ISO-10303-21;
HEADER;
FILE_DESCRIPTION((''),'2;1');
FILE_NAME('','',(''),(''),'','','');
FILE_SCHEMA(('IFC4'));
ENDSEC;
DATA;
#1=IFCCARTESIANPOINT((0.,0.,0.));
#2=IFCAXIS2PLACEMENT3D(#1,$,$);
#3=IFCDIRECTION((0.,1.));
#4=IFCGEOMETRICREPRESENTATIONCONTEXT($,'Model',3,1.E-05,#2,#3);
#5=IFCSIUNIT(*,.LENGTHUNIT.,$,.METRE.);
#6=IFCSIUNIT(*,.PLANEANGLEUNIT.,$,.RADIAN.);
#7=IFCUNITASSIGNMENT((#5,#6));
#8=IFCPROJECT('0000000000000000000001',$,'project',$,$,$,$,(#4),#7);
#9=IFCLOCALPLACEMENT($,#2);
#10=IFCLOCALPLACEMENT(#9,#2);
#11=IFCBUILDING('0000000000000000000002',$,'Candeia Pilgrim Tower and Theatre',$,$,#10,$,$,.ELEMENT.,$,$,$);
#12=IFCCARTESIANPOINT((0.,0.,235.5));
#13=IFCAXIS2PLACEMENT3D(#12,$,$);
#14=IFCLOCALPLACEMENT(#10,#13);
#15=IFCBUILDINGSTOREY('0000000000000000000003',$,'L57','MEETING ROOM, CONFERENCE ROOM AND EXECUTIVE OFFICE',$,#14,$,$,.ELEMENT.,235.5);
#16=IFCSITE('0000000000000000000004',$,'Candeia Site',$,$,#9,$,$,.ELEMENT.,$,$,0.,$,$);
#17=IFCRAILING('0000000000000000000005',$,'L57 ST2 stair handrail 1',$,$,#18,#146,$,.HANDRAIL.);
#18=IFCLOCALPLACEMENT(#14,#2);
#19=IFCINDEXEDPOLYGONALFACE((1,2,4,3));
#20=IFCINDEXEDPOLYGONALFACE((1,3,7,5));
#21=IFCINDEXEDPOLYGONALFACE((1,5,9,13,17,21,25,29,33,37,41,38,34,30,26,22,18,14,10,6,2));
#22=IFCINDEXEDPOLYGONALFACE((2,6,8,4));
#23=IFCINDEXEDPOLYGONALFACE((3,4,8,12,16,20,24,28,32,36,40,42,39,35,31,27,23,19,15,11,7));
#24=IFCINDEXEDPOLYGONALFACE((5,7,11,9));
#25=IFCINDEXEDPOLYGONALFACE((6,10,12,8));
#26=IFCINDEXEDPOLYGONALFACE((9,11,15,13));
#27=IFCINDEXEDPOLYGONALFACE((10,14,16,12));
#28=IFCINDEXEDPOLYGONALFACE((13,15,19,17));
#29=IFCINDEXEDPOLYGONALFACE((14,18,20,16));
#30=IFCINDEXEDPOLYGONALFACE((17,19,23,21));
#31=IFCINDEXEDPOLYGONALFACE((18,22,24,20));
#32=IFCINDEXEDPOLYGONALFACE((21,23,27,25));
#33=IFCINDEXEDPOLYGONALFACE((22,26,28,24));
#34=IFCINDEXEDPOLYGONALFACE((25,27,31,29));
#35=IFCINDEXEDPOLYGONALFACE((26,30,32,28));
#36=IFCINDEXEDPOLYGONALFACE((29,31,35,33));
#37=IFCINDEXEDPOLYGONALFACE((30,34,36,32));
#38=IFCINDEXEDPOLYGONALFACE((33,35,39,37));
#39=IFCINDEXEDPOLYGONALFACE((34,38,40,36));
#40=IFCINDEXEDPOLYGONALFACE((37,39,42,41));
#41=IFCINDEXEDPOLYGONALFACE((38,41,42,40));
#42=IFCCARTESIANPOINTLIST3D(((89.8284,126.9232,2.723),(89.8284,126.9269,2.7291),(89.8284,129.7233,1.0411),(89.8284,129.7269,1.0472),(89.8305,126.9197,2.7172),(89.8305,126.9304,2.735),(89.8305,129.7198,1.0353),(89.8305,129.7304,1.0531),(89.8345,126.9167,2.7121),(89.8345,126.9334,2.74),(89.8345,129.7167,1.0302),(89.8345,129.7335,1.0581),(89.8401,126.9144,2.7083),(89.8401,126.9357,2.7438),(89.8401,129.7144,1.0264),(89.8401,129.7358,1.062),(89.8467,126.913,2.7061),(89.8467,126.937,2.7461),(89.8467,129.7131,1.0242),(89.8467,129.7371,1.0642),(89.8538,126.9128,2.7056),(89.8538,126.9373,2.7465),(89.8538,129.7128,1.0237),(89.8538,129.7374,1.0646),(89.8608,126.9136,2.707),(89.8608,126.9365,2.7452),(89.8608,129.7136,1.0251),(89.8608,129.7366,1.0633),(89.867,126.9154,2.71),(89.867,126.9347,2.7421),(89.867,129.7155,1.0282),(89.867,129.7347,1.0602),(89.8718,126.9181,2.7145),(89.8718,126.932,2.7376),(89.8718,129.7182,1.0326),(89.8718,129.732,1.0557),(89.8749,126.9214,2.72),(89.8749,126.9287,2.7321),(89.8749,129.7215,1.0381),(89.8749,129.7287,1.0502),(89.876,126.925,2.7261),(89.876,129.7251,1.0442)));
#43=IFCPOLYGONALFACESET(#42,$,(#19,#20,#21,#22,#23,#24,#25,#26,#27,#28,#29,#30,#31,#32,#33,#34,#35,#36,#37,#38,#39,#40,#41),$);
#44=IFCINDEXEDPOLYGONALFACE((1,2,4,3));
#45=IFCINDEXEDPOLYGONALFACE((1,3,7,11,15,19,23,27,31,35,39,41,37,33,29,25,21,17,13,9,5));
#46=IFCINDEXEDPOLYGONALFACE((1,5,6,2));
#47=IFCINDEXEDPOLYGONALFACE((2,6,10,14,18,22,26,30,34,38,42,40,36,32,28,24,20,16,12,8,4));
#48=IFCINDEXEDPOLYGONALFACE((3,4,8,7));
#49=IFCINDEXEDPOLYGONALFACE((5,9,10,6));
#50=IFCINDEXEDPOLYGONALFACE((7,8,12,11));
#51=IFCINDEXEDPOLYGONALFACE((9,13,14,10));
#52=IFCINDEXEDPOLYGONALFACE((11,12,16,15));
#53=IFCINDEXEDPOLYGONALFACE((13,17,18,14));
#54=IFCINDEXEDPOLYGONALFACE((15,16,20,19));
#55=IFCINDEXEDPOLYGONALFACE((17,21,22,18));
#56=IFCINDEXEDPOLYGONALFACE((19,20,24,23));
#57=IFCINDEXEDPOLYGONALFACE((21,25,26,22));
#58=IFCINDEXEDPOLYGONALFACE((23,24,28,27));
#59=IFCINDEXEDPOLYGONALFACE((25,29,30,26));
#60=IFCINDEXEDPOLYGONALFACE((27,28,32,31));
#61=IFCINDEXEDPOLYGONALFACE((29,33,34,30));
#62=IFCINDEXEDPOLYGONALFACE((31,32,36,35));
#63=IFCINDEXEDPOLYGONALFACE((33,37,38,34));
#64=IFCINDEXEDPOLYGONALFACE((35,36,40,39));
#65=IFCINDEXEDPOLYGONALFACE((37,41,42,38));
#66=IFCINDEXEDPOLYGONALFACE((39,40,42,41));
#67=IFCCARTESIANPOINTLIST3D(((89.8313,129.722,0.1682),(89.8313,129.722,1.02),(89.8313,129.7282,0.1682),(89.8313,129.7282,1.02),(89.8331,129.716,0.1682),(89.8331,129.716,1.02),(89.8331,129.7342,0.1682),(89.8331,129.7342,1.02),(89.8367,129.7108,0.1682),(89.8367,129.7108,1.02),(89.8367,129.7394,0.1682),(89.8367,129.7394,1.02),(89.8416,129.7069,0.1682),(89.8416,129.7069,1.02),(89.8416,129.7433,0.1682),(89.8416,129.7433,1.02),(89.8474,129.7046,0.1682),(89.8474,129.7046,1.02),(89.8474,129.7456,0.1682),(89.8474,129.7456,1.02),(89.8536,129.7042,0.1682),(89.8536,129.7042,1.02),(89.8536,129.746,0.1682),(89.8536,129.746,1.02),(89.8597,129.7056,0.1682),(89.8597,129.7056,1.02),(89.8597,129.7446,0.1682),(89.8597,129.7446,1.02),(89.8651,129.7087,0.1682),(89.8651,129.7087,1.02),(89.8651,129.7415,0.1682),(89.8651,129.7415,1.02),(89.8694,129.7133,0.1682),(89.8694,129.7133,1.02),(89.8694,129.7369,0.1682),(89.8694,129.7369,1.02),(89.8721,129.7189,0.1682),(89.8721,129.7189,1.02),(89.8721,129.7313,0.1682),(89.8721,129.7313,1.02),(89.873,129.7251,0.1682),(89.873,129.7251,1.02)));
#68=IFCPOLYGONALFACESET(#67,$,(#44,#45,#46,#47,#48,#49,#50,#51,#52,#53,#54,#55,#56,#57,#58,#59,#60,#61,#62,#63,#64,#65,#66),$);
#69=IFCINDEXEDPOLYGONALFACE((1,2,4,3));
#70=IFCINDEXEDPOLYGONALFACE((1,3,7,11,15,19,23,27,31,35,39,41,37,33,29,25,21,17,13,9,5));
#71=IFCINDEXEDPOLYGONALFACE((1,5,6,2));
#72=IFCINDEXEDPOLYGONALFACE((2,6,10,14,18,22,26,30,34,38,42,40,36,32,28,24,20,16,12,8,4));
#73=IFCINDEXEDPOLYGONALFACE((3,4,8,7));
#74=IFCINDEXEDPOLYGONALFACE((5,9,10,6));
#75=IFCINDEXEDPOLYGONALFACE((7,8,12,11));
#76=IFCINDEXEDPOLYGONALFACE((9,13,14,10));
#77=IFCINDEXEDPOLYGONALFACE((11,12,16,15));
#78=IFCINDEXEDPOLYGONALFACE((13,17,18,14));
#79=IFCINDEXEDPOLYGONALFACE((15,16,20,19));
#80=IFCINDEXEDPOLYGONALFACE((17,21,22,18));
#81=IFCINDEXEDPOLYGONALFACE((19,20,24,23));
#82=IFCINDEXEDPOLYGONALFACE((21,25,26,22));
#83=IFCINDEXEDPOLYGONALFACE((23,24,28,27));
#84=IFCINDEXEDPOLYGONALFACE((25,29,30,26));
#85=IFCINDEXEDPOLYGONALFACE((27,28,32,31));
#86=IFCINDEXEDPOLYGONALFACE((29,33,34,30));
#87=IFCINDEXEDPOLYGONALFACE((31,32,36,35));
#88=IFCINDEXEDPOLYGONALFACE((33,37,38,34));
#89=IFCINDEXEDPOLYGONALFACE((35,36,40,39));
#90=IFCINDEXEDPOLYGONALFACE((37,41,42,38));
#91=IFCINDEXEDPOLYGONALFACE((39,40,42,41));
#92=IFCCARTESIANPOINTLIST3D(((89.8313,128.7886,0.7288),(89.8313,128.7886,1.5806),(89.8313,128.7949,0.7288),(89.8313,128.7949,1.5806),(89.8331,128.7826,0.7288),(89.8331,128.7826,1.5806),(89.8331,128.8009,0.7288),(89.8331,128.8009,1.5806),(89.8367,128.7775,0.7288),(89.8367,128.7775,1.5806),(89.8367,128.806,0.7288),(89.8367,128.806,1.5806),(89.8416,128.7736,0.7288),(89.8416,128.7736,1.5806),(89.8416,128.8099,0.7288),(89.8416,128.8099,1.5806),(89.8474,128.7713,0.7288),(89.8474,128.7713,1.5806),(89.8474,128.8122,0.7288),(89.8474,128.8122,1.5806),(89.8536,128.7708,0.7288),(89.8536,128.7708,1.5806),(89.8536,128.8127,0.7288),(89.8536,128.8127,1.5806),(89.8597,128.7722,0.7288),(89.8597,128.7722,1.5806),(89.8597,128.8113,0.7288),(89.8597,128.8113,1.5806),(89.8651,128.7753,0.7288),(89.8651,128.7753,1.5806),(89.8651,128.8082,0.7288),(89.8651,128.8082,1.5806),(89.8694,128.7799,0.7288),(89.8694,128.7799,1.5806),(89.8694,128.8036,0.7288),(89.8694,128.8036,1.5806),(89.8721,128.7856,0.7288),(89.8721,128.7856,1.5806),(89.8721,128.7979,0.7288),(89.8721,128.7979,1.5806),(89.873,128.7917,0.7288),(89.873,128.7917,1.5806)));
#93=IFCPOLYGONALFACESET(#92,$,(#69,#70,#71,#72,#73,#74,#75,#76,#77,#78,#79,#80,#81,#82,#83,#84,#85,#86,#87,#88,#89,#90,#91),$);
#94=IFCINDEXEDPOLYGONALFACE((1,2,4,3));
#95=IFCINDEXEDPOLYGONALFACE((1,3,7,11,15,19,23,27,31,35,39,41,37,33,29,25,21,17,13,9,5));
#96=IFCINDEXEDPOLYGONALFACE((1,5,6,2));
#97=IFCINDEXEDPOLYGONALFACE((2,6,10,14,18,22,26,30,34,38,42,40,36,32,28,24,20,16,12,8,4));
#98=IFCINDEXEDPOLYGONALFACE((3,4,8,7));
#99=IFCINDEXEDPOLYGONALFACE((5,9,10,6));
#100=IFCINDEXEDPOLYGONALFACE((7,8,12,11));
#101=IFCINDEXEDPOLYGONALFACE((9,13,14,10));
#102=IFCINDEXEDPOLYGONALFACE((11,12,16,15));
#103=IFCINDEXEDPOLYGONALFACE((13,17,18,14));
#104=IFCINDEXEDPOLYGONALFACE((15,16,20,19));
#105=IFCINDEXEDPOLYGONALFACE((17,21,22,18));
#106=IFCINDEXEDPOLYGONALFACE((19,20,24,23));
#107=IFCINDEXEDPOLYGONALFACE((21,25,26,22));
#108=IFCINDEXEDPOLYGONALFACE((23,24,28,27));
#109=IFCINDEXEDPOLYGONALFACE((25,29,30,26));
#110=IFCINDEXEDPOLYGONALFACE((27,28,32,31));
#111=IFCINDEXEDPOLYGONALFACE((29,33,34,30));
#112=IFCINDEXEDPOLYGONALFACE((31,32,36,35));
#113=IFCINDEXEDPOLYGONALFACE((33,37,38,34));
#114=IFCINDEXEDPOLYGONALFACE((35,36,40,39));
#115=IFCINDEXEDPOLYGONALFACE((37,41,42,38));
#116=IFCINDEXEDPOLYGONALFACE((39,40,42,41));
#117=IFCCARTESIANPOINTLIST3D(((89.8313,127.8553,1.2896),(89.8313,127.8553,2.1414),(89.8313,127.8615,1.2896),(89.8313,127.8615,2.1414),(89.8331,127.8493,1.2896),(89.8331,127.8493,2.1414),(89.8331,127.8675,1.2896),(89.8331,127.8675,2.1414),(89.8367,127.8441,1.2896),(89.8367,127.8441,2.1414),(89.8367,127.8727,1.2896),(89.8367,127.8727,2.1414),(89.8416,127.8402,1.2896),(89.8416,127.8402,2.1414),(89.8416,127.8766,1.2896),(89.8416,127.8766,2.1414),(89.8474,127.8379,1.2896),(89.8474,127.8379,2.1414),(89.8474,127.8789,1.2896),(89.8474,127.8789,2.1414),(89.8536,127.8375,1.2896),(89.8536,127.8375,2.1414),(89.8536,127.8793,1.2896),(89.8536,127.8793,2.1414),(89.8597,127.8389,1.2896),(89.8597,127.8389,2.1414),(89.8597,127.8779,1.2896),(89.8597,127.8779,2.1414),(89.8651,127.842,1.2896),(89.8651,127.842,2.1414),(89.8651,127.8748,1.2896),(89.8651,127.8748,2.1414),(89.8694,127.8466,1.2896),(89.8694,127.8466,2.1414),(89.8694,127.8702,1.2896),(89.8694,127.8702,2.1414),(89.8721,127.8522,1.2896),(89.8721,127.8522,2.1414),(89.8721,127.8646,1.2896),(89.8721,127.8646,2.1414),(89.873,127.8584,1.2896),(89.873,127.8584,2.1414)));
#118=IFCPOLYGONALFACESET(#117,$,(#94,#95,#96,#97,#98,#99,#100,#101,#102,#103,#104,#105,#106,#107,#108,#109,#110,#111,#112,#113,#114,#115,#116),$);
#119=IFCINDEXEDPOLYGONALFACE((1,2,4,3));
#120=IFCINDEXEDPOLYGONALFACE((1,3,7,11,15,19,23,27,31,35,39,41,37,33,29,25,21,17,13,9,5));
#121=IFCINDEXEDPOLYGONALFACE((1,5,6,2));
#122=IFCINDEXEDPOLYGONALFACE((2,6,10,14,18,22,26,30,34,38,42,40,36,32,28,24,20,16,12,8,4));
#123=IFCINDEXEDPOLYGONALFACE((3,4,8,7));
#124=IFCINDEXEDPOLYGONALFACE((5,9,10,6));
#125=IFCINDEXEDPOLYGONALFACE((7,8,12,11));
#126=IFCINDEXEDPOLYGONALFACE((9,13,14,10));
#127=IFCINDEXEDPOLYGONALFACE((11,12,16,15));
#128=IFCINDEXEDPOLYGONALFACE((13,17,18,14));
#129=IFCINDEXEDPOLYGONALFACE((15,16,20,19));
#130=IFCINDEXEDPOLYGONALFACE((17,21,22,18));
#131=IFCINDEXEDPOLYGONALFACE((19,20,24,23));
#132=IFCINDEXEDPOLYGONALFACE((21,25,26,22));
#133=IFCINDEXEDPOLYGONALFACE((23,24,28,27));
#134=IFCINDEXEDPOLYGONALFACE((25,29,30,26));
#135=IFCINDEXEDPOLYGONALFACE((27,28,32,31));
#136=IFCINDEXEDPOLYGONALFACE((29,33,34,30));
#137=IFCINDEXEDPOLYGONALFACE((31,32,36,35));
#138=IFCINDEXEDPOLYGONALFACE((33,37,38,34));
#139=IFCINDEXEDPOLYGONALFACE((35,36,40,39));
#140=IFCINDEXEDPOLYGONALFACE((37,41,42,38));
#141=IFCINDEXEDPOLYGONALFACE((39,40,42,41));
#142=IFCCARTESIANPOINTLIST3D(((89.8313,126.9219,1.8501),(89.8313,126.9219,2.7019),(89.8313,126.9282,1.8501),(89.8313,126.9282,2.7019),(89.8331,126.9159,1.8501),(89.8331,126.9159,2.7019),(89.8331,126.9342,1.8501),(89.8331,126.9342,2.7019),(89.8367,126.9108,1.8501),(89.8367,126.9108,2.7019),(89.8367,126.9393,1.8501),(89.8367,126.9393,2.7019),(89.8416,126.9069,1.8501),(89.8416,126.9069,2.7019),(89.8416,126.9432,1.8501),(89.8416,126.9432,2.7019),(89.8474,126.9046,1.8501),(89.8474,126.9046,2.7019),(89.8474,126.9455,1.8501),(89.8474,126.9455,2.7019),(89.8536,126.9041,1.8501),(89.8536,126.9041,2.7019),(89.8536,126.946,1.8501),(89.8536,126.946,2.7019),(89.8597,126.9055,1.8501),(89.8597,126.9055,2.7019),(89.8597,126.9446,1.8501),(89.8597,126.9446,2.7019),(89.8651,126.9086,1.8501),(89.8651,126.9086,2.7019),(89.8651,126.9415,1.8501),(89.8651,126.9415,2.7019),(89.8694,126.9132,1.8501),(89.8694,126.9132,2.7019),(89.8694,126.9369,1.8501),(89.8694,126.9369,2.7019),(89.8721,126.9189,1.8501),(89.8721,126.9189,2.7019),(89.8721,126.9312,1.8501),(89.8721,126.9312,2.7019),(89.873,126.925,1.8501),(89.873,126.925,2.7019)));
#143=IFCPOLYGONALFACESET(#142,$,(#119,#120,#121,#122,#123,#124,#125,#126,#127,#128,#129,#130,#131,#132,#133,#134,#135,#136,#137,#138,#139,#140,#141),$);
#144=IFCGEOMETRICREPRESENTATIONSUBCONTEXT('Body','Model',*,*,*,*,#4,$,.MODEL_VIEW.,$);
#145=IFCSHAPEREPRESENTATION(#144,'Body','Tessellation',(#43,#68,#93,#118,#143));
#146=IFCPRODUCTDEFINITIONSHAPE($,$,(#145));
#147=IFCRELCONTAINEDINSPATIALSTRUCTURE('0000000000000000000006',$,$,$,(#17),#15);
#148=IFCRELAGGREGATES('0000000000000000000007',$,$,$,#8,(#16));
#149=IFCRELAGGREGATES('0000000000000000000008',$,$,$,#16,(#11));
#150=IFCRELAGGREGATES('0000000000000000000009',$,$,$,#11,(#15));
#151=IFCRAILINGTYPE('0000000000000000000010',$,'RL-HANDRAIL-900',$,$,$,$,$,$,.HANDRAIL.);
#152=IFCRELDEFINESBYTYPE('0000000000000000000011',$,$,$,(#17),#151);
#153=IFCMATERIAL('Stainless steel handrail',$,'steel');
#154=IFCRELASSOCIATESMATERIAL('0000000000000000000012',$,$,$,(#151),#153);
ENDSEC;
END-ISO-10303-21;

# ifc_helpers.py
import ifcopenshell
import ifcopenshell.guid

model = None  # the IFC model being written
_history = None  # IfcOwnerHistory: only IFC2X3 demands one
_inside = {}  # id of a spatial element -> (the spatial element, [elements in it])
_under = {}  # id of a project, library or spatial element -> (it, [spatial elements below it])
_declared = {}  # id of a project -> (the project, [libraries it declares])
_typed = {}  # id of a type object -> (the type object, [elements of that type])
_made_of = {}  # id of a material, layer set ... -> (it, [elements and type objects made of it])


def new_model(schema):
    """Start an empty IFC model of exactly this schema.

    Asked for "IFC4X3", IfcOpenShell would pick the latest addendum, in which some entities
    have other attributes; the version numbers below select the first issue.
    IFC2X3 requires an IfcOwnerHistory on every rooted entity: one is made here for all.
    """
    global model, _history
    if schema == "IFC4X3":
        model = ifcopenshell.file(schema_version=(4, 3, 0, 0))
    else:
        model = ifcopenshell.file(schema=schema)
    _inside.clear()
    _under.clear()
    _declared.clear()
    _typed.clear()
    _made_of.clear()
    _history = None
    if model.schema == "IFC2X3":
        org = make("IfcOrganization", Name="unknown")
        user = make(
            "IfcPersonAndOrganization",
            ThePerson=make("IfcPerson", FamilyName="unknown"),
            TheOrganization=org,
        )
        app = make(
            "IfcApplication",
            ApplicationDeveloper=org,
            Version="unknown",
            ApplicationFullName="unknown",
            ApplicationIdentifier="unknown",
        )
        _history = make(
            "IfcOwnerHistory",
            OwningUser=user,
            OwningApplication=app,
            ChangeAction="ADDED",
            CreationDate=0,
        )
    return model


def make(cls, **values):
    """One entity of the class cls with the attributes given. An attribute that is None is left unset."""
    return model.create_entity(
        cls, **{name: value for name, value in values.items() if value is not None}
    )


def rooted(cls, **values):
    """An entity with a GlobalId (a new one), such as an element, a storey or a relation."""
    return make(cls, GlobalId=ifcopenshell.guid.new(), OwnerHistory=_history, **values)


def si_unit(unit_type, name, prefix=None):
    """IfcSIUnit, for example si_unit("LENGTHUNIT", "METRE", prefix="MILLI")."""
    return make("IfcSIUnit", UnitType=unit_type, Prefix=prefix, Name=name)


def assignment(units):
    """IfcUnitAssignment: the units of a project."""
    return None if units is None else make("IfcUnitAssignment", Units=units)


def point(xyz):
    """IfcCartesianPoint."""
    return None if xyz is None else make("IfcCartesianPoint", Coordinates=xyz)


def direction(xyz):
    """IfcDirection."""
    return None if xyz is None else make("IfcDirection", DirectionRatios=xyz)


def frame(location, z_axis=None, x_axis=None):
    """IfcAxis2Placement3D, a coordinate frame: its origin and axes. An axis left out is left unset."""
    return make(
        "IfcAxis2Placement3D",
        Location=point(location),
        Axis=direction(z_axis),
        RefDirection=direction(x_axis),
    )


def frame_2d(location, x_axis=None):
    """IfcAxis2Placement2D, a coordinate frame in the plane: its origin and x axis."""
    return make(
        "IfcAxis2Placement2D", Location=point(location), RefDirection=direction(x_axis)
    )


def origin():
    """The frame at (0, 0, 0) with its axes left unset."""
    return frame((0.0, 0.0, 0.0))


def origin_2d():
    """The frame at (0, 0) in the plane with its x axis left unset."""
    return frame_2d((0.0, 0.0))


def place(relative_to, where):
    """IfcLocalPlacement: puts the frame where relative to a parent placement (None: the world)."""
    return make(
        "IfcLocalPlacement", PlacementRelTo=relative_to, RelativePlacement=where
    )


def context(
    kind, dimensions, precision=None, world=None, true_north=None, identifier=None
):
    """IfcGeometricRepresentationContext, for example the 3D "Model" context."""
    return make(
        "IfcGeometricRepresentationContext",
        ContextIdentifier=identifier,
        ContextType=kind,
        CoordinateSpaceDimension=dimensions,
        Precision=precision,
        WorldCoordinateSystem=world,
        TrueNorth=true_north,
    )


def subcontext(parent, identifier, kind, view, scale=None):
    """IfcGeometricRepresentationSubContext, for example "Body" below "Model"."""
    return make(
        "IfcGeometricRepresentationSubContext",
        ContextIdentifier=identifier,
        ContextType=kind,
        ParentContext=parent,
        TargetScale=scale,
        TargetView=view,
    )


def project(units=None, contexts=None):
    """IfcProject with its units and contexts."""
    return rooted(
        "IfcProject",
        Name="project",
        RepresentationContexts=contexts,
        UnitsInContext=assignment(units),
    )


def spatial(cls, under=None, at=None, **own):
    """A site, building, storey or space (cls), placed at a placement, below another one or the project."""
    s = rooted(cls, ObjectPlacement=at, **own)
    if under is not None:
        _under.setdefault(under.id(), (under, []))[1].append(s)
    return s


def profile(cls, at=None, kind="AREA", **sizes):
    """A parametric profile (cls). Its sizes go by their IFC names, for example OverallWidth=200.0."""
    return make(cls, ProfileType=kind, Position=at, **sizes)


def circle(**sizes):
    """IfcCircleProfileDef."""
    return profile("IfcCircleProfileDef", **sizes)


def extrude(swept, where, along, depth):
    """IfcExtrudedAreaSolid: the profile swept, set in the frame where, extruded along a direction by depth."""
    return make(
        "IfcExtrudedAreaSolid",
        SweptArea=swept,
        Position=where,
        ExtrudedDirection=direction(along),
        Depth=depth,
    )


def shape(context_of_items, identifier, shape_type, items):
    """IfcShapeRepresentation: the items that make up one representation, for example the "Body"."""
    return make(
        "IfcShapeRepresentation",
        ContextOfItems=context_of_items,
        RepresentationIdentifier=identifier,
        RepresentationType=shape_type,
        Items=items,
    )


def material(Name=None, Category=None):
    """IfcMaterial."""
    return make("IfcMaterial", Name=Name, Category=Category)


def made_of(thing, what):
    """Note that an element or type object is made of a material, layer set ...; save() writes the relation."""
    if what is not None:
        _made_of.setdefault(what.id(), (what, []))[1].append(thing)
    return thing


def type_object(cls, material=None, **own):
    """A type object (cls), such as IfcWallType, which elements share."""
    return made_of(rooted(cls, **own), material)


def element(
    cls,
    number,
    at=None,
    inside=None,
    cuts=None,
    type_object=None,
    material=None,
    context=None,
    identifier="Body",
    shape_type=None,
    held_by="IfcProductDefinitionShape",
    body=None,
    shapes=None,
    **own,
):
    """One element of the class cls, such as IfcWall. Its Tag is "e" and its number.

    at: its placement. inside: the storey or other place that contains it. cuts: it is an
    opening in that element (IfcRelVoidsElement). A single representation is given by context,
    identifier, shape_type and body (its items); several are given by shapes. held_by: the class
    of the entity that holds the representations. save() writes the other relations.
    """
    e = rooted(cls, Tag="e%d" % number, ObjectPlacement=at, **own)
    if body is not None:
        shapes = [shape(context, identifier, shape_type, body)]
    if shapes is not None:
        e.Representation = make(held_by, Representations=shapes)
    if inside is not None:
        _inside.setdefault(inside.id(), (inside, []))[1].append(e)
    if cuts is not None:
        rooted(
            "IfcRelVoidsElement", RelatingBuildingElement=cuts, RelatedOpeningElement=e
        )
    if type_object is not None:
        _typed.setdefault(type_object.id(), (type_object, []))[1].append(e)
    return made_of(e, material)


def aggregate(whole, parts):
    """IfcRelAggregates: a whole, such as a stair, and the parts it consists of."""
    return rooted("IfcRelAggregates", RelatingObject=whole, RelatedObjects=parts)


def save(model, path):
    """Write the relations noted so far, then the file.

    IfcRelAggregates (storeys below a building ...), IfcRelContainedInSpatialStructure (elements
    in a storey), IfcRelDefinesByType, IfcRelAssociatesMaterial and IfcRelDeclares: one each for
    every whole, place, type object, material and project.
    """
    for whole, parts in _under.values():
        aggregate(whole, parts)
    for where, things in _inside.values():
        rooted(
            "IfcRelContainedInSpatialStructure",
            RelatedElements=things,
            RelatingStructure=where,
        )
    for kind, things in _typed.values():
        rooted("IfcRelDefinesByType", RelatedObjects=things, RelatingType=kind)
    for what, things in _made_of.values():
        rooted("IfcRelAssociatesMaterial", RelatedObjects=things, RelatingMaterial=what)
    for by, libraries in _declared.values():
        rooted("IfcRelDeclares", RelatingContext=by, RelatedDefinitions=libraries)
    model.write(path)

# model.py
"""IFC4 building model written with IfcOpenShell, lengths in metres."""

from ifc_helpers import new_model, si_unit, direction, frame, origin, origin_2d, place, context, subcontext, project, spatial, circle, extrude, material, type_object, element, save


model = new_model("IFC4")

# Units and contexts
model_context = context("Model", 3, precision=1e-05, world=origin(), true_north=direction((0.0, 1.0)))
body_context = subcontext(model_context, "Body", "Model", "MODEL_VIEW")
ifc_project = project(units=[si_unit("LENGTHUNIT", "METRE"), si_unit("PLANEANGLEUNIT", "RADIAN")], contexts=[model_context])

# Site, building, storey
site_placement = place(None, origin())
site = spatial("IfcSite", under=ifc_project, at=site_placement, Name="Candeia Site", CompositionType="ELEMENT", RefElevation=0.0)
building_placement = place(site_placement, origin())
building = spatial("IfcBuilding", under=site, at=building_placement, Name="Candeia Pilgrim Tower and Theatre", CompositionType="ELEMENT")
storey_placement = place(building_placement, frame((0.0, 0.0, 235.5)))
storey = spatial("IfcBuildingStorey", under=building, at=storey_placement, Name="L57", Description="MEETING ROOM, CONFERENCE ROOM AND EXECUTIVE OFFICE", CompositionType="ELEMENT", Elevation=235.5)

# Railing
ifc_material_1 = material(Name="Stainless steel handrail", Category="steel")
railing_type_1 = type_object("IfcRailingType", Name="RL-HANDRAIL-900", PredefinedType="HANDRAIL", material=ifc_material_1)
for number, where, name in (
    (1, (89.8521, 129.7251, 0.1682), "L57 ST2 stair handrail 1"),
):
    element("IfcRailing", number, at=place(storey_placement, frame(where)), inside=storey, type_object=railing_type_1, Name=name, PredefinedType="HANDRAIL", context=body_context, shape_type="SweptSolid", body=[
        extrude(circle(Radius=0.0239, at=origin_2d()), frame((0.0, 0.0, 0.876), z_axis=(0.0, -0.857242, 0.514913), x_axis=(1.0, 0.0, 0.0)), (0.0, 0.0, 1.0), 3.2664),
        extrude(circle(Radius=0.021, at=origin_2d()), origin(), (0.0, 0.0, 1.0), 0.8518),
        extrude(circle(Radius=0.021, at=origin_2d()), frame((0.0, -0.9333, 0.5605)), (0.0, 0.0, 1.0), 0.8518),
        extrude(circle(Radius=0.021, at=origin_2d()), frame((0.0, -1.8667, 1.1213)), (0.0, 0.0, 1.0), 0.8518),
        extrude(circle(Radius=0.021, at=origin_2d()), frame((0.0, -2.8, 1.6819)), (0.0, 0.0, 1.0), 0.8518),
    ])

save(model, "model.ifc")
